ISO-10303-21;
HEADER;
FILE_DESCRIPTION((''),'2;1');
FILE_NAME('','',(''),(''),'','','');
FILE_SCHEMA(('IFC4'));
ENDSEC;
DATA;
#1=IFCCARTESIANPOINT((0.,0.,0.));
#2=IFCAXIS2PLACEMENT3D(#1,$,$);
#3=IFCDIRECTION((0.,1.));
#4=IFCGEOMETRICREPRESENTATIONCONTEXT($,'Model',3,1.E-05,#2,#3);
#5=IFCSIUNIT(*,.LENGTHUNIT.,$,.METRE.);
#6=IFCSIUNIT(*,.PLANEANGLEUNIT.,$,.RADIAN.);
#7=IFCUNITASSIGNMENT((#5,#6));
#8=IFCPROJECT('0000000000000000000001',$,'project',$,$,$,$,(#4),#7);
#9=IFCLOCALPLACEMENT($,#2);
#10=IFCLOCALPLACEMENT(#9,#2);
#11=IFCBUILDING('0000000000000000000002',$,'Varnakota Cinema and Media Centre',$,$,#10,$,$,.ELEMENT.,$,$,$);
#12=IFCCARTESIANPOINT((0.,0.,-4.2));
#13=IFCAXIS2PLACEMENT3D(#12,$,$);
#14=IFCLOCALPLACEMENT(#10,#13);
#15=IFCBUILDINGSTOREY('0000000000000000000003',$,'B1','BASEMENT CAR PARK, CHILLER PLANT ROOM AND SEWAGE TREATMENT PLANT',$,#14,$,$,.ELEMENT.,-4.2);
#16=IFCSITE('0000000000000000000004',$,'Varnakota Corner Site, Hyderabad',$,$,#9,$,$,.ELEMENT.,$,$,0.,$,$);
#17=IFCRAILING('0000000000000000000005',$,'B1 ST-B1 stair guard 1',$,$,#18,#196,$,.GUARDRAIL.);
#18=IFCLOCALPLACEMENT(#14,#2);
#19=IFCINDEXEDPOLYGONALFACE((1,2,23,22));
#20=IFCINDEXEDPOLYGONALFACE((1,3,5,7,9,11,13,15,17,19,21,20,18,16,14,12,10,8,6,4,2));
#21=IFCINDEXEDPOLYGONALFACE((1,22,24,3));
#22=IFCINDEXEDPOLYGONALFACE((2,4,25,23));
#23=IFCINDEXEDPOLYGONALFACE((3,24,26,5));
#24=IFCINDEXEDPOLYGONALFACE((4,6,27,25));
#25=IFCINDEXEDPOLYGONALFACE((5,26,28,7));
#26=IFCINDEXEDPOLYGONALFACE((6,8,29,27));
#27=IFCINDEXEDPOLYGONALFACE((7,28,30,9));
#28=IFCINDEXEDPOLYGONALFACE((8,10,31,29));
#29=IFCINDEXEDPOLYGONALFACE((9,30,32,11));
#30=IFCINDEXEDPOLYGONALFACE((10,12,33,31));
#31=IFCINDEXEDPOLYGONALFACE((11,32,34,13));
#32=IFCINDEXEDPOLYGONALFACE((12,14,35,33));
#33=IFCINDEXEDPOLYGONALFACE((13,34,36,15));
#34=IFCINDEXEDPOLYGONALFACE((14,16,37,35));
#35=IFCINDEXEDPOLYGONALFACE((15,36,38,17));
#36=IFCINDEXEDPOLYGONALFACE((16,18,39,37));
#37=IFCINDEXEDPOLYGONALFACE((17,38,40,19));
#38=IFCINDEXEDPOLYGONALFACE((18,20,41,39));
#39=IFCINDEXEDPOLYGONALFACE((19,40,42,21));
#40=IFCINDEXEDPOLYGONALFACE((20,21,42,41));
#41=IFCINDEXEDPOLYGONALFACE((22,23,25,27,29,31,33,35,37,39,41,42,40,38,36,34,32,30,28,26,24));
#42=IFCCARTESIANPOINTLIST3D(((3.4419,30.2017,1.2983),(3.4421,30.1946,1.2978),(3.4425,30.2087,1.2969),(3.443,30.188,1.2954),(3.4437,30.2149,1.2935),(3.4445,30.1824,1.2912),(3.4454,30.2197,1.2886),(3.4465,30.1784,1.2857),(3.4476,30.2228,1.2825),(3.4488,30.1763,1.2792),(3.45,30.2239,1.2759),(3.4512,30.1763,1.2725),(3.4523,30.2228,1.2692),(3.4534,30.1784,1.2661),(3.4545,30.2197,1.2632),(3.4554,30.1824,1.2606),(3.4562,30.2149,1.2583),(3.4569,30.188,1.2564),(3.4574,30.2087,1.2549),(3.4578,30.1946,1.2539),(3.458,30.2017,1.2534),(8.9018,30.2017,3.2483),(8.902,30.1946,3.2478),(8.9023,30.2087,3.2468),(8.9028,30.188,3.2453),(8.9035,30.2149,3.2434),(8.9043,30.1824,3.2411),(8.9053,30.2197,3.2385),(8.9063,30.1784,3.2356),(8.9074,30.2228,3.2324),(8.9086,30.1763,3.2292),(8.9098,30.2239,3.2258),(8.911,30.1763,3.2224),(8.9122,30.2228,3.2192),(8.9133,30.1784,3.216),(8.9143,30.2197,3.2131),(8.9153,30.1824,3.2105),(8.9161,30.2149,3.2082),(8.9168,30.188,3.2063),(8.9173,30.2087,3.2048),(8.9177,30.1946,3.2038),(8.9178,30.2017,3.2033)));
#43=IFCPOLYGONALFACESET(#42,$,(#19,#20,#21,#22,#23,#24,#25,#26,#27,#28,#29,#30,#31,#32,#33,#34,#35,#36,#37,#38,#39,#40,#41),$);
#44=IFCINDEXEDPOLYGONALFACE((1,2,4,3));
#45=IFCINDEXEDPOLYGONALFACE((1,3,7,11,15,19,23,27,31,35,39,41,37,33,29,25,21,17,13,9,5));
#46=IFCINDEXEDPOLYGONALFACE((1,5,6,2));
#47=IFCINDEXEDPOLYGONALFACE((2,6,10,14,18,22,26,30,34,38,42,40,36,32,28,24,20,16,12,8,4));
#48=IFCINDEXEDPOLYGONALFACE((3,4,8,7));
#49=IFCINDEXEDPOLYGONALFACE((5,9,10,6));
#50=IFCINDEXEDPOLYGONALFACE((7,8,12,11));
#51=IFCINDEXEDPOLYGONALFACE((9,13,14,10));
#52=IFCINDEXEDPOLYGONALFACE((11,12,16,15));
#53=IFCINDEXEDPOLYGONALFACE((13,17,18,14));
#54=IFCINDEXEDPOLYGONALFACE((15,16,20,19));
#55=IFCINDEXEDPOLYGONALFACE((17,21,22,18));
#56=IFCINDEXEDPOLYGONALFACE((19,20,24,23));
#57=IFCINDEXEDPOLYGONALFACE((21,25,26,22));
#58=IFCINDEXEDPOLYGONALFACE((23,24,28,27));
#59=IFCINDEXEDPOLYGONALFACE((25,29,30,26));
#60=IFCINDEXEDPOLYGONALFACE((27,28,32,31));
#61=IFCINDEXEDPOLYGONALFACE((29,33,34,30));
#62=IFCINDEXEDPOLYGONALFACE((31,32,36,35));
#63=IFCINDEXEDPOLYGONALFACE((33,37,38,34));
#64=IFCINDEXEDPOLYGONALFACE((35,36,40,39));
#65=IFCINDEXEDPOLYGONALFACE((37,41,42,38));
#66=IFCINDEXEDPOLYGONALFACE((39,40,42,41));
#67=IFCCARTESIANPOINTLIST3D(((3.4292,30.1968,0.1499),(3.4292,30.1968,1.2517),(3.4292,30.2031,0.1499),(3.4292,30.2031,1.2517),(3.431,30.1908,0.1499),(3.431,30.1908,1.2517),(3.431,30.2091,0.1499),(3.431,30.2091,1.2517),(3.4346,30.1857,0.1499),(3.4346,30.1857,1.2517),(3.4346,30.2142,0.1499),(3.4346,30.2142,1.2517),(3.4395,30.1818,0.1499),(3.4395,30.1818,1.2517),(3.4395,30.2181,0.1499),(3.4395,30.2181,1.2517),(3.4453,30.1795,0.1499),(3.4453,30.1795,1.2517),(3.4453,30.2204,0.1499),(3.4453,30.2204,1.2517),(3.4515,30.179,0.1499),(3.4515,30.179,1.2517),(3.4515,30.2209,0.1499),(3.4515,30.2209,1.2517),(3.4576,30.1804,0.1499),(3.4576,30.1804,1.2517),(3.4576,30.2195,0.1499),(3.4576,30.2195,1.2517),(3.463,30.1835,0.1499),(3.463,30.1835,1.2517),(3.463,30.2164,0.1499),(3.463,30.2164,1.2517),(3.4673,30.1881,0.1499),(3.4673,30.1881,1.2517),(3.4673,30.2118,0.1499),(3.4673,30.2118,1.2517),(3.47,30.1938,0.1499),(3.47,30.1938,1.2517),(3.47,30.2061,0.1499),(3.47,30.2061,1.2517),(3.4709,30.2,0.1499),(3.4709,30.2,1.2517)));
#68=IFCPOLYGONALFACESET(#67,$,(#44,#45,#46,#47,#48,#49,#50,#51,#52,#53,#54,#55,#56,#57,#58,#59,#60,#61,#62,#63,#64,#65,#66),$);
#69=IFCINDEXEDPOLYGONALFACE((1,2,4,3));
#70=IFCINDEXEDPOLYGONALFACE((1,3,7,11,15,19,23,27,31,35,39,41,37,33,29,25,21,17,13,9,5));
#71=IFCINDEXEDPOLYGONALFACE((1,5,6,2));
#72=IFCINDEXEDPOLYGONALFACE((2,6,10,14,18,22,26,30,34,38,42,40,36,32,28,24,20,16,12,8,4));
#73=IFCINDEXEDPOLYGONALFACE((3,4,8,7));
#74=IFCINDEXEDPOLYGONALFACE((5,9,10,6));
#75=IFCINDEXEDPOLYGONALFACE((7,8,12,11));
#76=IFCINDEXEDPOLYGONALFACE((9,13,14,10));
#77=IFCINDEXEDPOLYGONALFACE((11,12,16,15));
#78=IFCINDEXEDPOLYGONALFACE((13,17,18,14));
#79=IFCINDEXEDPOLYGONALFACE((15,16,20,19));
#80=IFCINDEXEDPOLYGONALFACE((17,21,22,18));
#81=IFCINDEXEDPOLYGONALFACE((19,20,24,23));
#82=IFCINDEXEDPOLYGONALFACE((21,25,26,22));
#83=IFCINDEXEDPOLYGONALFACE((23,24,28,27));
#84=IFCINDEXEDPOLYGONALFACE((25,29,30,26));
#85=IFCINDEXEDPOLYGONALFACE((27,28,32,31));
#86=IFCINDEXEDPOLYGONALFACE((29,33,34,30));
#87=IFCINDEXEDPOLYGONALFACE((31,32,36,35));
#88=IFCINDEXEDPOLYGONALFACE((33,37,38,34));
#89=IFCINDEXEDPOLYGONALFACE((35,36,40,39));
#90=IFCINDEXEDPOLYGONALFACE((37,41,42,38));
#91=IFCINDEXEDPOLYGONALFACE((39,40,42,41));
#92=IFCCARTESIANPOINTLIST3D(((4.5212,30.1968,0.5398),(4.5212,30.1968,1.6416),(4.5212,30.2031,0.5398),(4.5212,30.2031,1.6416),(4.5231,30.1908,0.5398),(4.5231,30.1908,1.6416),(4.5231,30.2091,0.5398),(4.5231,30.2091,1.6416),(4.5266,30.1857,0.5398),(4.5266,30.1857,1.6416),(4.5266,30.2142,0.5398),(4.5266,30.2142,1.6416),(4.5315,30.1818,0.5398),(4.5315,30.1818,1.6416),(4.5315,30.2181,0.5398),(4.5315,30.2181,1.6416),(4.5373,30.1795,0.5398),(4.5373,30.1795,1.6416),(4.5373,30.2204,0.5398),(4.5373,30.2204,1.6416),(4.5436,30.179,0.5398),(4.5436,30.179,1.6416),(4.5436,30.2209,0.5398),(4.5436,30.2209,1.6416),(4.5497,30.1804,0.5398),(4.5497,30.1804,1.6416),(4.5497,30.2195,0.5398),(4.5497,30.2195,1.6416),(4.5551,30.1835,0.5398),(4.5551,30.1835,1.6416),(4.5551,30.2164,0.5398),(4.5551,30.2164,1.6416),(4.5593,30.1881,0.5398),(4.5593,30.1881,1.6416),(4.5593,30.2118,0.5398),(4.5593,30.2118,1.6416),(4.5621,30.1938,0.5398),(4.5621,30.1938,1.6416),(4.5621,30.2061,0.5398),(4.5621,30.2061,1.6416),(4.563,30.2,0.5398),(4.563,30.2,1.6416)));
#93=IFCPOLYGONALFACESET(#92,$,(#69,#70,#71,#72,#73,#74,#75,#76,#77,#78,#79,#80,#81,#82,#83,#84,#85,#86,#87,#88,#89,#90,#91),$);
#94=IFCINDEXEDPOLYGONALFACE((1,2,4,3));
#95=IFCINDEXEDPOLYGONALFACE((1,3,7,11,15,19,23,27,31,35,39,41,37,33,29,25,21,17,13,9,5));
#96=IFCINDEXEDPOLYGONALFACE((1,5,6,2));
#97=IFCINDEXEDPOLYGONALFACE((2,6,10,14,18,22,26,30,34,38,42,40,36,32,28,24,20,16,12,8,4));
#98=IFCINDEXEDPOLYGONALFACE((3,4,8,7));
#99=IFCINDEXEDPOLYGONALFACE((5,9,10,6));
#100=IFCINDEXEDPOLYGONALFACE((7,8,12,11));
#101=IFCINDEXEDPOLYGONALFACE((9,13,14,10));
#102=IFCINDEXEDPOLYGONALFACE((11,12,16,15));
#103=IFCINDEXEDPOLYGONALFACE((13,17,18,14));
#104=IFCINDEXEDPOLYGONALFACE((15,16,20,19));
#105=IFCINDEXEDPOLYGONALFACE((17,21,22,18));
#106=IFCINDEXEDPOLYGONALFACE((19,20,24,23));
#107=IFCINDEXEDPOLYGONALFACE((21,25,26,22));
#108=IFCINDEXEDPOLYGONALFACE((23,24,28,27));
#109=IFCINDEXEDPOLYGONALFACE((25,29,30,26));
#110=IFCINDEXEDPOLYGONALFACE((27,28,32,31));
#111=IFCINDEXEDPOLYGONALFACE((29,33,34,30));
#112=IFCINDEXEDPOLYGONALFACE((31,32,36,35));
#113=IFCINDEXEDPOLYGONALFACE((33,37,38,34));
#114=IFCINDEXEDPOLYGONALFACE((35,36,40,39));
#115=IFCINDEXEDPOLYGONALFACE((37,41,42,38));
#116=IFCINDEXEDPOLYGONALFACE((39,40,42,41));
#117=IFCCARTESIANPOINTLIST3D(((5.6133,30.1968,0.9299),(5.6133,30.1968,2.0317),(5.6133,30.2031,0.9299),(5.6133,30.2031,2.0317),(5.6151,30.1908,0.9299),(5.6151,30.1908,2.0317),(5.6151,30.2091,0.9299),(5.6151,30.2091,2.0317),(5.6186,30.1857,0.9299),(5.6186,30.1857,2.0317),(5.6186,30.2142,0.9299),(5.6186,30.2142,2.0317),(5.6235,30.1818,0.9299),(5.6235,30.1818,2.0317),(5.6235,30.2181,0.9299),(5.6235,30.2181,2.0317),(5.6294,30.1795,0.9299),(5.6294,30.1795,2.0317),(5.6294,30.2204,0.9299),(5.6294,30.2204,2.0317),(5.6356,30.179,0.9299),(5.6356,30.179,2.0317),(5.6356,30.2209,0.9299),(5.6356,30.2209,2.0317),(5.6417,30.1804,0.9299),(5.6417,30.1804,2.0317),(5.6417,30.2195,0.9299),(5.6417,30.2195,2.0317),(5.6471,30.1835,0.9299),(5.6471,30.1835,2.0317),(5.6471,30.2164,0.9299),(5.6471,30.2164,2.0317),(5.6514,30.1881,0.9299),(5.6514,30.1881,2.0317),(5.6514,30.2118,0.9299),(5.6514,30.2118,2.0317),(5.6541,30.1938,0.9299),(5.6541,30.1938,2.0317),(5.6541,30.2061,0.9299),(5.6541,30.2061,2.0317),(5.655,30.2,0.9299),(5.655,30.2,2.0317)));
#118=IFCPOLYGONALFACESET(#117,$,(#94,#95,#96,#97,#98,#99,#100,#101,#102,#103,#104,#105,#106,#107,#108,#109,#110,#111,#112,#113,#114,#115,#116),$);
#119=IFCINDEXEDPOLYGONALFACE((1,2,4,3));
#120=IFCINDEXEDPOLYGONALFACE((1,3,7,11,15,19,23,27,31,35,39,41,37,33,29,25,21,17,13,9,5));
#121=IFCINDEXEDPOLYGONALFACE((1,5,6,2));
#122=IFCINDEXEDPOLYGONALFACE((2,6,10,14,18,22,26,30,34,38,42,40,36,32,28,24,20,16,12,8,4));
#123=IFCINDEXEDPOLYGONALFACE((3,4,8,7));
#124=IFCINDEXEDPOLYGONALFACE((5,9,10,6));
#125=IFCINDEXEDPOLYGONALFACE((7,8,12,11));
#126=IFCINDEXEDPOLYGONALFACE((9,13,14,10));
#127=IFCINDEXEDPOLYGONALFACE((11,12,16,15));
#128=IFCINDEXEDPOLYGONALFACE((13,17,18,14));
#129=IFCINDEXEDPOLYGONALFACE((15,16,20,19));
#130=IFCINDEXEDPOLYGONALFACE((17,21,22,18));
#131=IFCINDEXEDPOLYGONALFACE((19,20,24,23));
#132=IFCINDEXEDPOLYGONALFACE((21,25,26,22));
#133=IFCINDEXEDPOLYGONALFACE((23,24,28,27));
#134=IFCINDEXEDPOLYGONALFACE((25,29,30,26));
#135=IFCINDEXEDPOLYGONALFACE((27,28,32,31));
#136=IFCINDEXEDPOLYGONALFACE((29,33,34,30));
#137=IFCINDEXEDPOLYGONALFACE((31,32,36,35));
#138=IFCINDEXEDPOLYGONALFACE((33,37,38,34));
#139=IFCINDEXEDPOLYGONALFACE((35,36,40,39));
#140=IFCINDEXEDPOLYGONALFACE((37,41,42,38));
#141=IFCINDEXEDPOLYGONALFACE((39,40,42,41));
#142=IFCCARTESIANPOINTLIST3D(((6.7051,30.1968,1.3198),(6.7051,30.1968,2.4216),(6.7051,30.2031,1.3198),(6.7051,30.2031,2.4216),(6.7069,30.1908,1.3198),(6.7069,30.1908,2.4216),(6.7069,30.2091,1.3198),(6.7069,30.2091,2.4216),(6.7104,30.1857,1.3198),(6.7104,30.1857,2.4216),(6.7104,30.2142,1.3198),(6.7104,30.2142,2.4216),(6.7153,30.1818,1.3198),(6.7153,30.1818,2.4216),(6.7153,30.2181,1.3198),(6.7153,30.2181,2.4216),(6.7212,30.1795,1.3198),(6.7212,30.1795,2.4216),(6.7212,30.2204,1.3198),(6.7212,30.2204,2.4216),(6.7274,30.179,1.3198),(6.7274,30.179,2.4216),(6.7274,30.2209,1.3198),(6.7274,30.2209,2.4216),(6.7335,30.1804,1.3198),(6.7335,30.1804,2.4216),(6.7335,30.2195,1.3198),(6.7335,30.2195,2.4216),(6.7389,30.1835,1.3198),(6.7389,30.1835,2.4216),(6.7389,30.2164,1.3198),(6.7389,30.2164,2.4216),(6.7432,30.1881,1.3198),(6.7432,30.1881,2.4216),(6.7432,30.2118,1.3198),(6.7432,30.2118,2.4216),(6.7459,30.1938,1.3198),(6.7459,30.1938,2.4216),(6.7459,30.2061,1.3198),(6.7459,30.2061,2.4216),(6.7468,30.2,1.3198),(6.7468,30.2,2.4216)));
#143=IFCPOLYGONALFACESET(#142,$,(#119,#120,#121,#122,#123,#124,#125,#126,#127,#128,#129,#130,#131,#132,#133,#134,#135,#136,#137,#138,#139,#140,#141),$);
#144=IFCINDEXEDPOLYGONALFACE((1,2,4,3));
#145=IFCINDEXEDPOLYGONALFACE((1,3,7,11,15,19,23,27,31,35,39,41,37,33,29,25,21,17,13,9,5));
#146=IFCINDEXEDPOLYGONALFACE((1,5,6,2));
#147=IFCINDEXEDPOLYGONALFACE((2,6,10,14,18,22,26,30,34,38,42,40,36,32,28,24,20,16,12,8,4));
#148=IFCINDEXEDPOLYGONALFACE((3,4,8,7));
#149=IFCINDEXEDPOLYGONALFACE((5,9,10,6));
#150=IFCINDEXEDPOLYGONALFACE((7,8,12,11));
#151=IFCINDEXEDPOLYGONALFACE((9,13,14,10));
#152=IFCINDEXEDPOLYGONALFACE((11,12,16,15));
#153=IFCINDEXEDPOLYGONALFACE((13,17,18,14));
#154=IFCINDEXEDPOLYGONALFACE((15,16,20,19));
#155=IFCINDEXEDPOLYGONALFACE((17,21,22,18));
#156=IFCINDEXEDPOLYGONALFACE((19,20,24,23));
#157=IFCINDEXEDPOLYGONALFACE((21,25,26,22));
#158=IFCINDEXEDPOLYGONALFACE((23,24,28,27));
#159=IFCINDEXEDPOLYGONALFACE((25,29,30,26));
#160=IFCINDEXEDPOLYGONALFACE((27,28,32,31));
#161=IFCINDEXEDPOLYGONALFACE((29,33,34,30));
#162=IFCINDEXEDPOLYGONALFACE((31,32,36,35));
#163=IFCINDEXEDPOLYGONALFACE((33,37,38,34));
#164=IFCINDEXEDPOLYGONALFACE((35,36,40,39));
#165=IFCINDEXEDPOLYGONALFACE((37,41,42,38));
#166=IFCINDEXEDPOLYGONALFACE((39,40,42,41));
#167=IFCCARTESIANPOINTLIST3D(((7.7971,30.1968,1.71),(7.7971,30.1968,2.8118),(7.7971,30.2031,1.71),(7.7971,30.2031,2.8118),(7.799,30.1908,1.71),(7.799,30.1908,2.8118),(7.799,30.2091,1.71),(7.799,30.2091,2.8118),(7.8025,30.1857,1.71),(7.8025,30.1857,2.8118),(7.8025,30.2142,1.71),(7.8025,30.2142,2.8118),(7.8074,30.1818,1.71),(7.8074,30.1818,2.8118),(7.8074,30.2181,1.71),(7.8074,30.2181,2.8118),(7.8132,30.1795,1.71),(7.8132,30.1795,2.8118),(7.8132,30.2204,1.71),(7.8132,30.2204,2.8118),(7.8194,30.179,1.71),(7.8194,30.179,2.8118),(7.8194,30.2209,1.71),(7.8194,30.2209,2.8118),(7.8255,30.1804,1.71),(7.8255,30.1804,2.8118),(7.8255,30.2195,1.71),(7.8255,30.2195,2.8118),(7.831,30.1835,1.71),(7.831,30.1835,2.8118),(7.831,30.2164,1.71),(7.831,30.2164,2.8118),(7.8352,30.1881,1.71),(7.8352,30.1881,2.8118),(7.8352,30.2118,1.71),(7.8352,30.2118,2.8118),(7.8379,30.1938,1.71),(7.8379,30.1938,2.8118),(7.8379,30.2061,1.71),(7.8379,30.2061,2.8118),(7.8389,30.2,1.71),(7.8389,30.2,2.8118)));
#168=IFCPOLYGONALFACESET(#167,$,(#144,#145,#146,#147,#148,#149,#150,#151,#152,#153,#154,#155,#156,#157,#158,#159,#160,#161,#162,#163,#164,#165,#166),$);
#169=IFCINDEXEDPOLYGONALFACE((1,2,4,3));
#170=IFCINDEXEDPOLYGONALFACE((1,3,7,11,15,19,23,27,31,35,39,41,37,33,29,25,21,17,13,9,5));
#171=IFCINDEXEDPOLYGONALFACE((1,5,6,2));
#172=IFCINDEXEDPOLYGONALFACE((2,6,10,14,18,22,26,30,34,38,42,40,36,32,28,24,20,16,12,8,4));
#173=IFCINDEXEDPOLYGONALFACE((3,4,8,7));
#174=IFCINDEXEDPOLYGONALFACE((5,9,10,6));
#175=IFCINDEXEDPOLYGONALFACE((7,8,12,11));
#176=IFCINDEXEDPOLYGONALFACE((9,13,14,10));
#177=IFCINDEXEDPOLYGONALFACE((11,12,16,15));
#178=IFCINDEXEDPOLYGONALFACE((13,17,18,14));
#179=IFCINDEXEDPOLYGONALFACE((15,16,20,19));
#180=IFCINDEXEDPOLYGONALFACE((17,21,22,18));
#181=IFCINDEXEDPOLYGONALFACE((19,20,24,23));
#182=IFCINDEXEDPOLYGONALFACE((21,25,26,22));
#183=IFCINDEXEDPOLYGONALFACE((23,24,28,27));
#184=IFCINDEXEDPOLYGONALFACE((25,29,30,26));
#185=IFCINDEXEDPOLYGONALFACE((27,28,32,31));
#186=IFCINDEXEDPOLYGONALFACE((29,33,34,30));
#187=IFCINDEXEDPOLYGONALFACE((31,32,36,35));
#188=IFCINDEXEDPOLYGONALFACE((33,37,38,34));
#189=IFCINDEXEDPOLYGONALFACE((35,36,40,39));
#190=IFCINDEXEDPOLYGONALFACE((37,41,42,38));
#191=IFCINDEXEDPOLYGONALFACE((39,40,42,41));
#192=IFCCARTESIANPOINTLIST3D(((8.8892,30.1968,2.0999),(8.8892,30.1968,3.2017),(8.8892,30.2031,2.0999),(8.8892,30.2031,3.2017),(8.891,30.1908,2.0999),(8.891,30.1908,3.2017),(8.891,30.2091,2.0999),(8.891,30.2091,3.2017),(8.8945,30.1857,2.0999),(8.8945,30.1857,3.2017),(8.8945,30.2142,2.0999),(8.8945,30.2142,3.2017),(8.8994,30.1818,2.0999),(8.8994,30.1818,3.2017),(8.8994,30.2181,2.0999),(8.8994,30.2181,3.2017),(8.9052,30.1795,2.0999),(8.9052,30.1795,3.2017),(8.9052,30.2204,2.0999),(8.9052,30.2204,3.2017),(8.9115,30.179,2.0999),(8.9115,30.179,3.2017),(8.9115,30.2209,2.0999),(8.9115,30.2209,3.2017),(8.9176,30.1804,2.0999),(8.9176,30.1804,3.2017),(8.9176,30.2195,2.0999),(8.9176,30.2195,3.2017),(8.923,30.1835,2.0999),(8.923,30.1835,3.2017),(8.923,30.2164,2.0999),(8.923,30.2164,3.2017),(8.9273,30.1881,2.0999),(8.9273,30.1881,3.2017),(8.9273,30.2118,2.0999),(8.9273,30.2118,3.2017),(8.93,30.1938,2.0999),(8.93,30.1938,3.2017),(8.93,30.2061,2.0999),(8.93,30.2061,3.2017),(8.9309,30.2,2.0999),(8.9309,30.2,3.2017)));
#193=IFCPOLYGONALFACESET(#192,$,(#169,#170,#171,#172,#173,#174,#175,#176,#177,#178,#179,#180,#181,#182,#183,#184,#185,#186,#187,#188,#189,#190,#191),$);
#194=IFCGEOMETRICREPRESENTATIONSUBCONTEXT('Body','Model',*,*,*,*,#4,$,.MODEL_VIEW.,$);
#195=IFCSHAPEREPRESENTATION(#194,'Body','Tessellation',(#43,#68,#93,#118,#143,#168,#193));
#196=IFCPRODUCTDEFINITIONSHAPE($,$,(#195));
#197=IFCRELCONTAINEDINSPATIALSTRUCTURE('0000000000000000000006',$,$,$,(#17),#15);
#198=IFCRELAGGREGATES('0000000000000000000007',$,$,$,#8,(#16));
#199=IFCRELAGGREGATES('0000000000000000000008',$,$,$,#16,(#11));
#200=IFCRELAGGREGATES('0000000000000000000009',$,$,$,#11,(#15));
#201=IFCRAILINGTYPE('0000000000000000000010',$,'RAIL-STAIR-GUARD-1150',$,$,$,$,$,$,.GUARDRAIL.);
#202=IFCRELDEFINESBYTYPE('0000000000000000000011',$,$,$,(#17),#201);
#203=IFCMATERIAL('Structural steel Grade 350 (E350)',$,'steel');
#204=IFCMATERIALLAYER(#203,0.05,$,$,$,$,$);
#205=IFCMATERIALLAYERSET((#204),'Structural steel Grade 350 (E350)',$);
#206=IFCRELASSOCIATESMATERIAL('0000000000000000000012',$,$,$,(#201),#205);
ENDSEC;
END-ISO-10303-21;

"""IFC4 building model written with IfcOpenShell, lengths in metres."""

from ifc_helpers import new_model, si_unit, direction, frame, origin, origin_2d, place, context, subcontext, project, spatial, circle, extrude, material, layer, layer_set, type_object, element, save


model = new_model("IFC4")

# Units and contexts
model_context = context("Model", 3, precision=1e-05, world=origin(), true_north=direction((0.0, 1.0)))
body_context = subcontext(model_context, "Body", "Model", "MODEL_VIEW")
ifc_project = project(units=[si_unit("LENGTHUNIT", "METRE"), si_unit("PLANEANGLEUNIT", "RADIAN")], contexts=[model_context])

# Site, building, storey
site_placement = place(None, origin())
site = spatial("IfcSite", under=ifc_project, at=site_placement, Name="Varnakota Corner Site, Hyderabad", CompositionType="ELEMENT", RefElevation=0.0)
building_placement = place(site_placement, origin())
building = spatial("IfcBuilding", under=site, at=building_placement, Name="Varnakota Cinema and Media Centre", CompositionType="ELEMENT")
storey_placement = place(building_placement, frame((0.0, 0.0, -4.2)))
storey = spatial("IfcBuildingStorey", under=building, at=storey_placement, Name="B1", Description="BASEMENT CAR PARK, CHILLER PLANT ROOM AND SEWAGE TREATMENT PLANT", CompositionType="ELEMENT", Elevation=-4.2)

# Railing
ifc_material_1 = material(Name="Structural steel Grade 350 (E350)", Category="steel")
ifc_layer_1 = layer(ifc_material_1, 0.05)
ifc_layer_set_1 = layer_set([ifc_layer_1], Name="Structural steel Grade 350 (E350)")
railing_type_1 = type_object("IfcRailingType", Name="RAIL-STAIR-GUARD-1150", PredefinedType="GUARDRAIL", material=ifc_layer_set_1)
railing_1_placement = place(storey_placement, frame((3.45, 30.2, 0.1499)))
element("IfcRailing", 1, at=railing_1_placement, inside=storey, type_object=railing_type_1, Name="B1 ST-B1 stair guard 1", PredefinedType="GUARDRAIL", context=body_context, shape_type="SweptSolid", body=[
    extrude(circle(Radius=0.0239, at=origin_2d()), frame((0.0, 0.0, 1.126), z_axis=(0.941744, 0.0, 0.336331), x_axis=(0.0, 1.0, 0.0)), (0.0, 0.0, 1.0), 5.7976),
    extrude(circle(Radius=0.021, at=origin_2d()), origin(), (0.0, 0.0, 1.0), 1.1018),
    extrude(circle(Radius=0.021, at=origin_2d()), frame((1.092, 0.0, 0.3899)), (0.0, 0.0, 1.0), 1.1018),
    extrude(circle(Radius=0.021, at=origin_2d()), frame((2.1841, 0.0, 0.78)), (0.0, 0.0, 1.0), 1.1018),
    extrude(circle(Radius=0.021, at=origin_2d()), frame((3.2759, 0.0, 1.1699)), (0.0, 0.0, 1.0), 1.1018),
    extrude(circle(Radius=0.021, at=origin_2d()), frame((4.3679, 0.0, 1.5601)), (0.0, 0.0, 1.0), 1.1018),
    extrude(circle(Radius=0.021, at=origin_2d()), frame((5.46, 0.0, 1.95)), (0.0, 0.0, 1.0), 1.1018),
])

save(model, "model.ifc")
